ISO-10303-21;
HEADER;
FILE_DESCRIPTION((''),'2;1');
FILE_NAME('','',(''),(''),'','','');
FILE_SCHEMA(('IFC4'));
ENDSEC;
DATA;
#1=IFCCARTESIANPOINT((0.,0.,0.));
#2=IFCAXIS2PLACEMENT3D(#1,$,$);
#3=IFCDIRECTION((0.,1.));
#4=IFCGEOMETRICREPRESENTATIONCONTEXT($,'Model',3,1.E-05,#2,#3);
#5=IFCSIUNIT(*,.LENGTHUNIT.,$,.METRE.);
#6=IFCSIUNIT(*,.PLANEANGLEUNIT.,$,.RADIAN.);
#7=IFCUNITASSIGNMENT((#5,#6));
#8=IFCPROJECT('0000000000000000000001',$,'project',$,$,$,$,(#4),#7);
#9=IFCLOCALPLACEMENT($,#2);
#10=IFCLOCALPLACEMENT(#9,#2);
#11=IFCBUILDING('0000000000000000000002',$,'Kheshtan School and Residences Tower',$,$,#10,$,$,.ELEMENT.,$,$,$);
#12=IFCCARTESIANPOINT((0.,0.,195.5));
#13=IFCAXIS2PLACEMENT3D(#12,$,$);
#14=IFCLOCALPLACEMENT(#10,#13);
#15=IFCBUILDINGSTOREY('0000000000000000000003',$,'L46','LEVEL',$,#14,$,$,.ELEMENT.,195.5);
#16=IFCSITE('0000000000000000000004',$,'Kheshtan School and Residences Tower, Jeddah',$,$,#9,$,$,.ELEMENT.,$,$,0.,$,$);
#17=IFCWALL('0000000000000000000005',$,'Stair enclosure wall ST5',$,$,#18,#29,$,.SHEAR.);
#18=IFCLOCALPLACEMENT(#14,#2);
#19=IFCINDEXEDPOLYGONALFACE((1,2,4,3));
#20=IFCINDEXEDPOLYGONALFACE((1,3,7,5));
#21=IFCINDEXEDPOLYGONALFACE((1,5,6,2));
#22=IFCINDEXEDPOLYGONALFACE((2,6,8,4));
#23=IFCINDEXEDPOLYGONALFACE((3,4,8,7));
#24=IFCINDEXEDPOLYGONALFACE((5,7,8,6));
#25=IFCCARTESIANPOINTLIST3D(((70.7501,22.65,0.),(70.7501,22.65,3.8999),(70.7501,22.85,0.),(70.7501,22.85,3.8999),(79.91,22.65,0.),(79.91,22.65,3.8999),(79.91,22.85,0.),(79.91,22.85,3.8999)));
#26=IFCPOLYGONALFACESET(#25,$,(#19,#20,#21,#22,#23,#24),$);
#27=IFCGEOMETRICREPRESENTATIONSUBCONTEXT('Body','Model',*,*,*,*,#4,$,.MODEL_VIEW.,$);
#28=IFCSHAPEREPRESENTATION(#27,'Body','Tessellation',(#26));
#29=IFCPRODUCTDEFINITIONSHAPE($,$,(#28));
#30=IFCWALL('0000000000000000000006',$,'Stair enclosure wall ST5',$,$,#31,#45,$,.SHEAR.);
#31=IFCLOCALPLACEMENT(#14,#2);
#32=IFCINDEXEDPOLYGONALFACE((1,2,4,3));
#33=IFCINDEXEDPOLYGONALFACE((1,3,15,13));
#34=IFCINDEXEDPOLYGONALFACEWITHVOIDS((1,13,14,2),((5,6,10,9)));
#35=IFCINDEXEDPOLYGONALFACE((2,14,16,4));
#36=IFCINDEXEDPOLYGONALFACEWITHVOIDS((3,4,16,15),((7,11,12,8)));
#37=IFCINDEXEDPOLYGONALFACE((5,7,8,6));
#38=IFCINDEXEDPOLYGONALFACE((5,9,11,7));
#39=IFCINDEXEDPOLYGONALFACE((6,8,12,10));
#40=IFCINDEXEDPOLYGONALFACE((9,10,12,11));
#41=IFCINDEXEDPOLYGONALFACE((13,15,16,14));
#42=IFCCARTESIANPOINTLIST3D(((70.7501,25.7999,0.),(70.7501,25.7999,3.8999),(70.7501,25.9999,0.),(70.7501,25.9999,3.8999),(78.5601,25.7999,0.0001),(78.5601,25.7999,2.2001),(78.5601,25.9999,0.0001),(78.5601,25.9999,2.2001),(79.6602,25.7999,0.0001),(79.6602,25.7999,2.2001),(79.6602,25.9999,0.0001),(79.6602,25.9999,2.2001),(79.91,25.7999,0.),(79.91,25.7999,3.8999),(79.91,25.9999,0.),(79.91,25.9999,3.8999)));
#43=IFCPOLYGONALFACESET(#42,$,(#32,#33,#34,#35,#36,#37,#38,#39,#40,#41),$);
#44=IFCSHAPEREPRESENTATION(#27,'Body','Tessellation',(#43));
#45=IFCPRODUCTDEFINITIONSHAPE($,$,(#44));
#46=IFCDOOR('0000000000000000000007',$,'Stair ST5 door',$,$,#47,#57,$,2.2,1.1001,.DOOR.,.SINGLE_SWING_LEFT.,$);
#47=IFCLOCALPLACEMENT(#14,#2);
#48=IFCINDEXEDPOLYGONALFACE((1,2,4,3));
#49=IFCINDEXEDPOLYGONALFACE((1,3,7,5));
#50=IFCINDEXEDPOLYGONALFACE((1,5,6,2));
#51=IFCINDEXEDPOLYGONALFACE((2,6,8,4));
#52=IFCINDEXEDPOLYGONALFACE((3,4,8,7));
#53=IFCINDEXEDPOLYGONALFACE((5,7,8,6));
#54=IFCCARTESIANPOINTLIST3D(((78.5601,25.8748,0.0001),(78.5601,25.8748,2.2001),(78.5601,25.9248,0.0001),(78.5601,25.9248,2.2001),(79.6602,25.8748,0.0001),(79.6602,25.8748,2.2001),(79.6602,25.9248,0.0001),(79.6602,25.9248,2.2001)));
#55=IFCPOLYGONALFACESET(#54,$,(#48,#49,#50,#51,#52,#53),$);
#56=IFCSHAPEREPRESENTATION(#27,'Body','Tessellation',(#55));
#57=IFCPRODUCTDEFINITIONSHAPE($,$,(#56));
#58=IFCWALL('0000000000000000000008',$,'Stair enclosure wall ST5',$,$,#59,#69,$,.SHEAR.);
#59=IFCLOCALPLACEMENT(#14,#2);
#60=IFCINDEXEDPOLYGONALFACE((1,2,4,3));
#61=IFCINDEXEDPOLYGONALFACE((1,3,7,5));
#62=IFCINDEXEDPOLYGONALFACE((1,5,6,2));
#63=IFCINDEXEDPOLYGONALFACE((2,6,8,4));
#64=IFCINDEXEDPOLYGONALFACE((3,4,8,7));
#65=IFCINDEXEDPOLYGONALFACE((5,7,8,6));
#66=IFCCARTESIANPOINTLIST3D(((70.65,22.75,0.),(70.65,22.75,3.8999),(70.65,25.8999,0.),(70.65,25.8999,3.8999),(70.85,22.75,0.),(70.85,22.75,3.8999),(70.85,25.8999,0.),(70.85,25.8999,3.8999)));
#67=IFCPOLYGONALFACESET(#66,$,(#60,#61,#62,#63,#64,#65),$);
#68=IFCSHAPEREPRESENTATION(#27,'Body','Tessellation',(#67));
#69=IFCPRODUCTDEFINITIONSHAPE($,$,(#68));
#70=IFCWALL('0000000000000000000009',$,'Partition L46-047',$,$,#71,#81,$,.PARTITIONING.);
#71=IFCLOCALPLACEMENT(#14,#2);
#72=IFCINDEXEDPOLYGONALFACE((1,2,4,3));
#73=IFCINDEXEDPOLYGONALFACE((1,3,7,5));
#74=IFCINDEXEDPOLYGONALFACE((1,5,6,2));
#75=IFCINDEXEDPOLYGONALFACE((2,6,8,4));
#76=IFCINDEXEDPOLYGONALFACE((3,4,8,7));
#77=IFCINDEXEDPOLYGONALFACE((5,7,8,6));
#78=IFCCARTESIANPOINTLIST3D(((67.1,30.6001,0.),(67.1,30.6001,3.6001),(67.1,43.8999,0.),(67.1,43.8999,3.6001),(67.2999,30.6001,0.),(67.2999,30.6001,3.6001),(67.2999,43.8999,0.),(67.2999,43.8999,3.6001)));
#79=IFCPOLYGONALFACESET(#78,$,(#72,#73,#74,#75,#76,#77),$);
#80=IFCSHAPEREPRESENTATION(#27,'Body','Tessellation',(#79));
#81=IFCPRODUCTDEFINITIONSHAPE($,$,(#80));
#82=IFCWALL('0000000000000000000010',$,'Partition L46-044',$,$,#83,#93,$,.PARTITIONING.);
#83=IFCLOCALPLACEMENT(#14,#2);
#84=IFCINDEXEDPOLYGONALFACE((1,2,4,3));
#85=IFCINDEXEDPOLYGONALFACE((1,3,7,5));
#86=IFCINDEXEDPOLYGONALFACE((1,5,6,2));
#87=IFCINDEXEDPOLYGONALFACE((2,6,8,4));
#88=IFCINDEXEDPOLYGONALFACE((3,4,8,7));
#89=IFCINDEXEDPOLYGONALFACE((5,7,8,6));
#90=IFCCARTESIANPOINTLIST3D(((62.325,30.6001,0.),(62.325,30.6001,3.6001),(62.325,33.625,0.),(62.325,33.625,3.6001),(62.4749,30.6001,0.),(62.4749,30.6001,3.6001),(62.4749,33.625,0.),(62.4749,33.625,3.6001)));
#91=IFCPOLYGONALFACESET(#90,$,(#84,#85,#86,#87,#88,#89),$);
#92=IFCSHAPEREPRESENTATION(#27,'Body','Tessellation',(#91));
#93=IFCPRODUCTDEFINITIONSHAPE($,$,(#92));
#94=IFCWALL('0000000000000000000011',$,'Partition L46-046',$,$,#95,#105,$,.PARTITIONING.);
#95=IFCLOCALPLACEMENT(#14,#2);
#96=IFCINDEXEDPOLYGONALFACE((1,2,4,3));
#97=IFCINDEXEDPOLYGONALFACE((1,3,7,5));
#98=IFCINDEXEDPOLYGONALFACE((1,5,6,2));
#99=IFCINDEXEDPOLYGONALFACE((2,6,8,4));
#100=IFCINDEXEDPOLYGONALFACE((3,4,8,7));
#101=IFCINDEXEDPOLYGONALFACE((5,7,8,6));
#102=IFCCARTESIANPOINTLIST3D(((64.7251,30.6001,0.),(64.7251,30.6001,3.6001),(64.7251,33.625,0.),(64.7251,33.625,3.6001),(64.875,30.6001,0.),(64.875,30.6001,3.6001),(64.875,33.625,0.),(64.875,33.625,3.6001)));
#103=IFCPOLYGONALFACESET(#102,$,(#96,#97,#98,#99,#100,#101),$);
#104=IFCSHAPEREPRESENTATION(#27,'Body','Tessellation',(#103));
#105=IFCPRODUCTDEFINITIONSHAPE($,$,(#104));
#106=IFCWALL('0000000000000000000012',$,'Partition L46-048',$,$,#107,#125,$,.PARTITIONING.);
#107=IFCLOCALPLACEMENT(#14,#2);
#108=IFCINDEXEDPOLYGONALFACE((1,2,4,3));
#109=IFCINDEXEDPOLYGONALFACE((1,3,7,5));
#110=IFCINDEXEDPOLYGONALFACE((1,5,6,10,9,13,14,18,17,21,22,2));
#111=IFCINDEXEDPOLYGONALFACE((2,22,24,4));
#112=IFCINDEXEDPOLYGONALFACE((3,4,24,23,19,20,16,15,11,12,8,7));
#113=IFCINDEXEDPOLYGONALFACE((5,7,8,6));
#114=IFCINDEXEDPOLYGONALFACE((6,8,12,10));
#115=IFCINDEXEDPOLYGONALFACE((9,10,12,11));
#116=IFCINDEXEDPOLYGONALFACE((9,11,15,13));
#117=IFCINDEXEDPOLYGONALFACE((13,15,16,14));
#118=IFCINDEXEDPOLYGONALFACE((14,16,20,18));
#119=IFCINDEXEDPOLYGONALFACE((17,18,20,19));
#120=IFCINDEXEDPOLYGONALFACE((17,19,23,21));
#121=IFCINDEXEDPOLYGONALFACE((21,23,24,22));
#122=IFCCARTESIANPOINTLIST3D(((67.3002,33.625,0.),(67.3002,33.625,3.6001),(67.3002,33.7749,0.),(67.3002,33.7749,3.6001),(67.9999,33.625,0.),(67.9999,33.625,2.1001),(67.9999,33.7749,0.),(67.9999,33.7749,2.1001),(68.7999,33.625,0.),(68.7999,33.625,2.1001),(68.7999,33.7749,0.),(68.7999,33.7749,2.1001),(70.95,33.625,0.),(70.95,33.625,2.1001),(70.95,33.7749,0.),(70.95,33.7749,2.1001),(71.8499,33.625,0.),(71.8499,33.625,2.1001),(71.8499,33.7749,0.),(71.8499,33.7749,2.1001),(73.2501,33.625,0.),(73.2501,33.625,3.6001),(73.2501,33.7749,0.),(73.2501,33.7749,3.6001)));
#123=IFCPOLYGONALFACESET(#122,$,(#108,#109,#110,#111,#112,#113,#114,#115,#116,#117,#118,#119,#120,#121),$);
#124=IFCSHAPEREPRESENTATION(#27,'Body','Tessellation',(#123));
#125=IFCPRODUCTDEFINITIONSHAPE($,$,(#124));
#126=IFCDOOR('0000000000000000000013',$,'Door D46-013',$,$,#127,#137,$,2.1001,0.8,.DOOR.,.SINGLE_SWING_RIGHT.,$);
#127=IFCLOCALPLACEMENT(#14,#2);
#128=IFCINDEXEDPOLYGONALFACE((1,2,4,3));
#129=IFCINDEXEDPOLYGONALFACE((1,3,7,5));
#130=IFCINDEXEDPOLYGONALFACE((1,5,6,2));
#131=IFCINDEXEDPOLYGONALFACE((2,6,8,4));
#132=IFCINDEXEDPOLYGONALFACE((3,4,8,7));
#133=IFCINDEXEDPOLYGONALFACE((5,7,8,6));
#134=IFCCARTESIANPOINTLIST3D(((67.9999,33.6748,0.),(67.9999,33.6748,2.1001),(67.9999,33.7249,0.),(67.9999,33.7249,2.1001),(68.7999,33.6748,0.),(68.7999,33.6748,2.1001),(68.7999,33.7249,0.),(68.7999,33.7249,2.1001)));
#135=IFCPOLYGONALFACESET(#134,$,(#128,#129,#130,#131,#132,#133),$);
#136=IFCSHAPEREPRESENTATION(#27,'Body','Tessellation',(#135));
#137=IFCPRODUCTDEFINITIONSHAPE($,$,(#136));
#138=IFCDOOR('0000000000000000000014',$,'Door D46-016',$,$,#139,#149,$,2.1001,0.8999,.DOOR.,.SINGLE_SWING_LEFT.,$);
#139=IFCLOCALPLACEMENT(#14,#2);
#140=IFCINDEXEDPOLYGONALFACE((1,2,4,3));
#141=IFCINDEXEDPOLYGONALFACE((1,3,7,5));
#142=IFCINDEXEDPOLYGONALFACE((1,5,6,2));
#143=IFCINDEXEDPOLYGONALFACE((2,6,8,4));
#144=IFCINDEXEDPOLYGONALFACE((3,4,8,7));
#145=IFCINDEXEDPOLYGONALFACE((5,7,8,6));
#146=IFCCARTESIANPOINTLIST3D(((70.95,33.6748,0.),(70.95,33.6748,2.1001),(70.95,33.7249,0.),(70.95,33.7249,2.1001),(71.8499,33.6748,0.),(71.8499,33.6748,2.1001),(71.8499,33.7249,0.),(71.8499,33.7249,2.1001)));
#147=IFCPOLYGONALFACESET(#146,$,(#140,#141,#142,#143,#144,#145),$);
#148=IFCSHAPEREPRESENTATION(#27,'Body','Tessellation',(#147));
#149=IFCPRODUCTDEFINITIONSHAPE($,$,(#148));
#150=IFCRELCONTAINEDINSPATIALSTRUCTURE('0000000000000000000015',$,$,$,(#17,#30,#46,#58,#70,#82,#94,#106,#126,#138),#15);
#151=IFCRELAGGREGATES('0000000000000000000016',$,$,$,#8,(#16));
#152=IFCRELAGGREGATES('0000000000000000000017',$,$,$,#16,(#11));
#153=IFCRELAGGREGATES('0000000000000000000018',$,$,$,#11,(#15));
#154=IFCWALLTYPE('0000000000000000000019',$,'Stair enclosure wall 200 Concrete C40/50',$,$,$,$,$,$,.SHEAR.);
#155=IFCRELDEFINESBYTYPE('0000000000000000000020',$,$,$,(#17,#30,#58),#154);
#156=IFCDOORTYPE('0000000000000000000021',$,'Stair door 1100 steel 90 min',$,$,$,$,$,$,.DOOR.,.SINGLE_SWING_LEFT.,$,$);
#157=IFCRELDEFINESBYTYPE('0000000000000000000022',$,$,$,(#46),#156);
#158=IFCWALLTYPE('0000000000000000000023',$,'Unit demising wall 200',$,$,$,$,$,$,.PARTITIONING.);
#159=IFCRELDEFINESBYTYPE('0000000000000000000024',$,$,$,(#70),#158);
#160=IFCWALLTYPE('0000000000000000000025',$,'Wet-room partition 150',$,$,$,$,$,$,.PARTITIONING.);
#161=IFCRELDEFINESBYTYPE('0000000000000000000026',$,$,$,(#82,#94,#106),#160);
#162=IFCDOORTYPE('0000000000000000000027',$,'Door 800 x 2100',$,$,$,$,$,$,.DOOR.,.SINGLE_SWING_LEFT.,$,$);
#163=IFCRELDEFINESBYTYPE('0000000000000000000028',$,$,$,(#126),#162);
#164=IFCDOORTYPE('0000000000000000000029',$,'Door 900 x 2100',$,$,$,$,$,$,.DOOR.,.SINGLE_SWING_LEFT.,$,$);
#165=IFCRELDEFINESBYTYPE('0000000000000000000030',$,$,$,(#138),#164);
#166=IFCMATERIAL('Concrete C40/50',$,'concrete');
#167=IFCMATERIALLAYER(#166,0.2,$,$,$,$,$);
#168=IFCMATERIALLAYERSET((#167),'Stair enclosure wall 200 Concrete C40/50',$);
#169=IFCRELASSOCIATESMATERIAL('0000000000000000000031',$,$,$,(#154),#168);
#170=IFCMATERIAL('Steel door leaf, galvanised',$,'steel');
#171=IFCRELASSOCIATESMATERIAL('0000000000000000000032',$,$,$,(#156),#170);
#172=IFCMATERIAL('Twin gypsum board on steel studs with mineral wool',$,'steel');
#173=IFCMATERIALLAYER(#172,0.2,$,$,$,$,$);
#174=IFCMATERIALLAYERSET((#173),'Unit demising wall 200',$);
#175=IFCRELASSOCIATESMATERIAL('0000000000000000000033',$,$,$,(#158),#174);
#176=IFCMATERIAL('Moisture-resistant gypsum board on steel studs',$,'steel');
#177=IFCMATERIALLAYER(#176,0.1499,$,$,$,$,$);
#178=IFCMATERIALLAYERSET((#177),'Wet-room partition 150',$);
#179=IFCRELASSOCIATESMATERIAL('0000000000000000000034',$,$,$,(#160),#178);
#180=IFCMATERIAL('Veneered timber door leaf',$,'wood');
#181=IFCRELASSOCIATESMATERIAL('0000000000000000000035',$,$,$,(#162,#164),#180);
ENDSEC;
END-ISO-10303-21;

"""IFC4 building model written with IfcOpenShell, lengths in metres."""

from ifc_helpers import new_model, si_unit, direction, frame, frame_2d, origin, place, context, subcontext, project, spatial, rectangle, extrude, source, transform, mapped, material, layer, layer_set, type_object, element, fill, save


model = new_model("IFC4")

# Units and contexts
model_context = context("Model", 3, precision=1e-05, world=origin(), true_north=direction((0.0, 1.0)))
body_context = subcontext(model_context, "Body", "Model", "MODEL_VIEW")
ifc_project = project(units=[si_unit("LENGTHUNIT", "METRE"), si_unit("PLANEANGLEUNIT", "RADIAN")], contexts=[model_context])

# Site, building, storey
site_placement = place(None, origin())
site = spatial("IfcSite", under=ifc_project, at=site_placement, Name="Kheshtan School and Residences Tower, Jeddah", CompositionType="ELEMENT", RefElevation=0.0)
building_placement = place(site_placement, origin())
building = spatial("IfcBuilding", under=site, at=building_placement, Name="Kheshtan School and Residences Tower", CompositionType="ELEMENT")
storey_placement = place(building_placement, frame((0.0, 0.0, 195.5)))
storey = spatial("IfcBuildingStorey", under=building, at=storey_placement, Name="L46", Description="LEVEL", CompositionType="ELEMENT", Elevation=195.5)

# Wall
ifc_material_1 = material(Name="Concrete C40/50", Category="concrete")
ifc_layer_1 = layer(ifc_material_1, 0.2)
ifc_layer_set_1 = layer_set([ifc_layer_1], Name="Stair enclosure wall 200 Concrete C40/50")
wall_type_1 = type_object("IfcWallType", Name="Stair enclosure wall 200 Concrete C40/50", PredefinedType="SHEAR", material=ifc_layer_set_1)
wall_1_placement = place(storey_placement, frame((70.75, 22.75, 0.0), z_axis=(0.0, 0.0, 1.0), x_axis=(1.0, 0.0, 0.0)))
element("IfcWall", 1, at=wall_1_placement, inside=storey, type_object=wall_type_1, Name="Stair enclosure wall ST5", PredefinedType="SHEAR", context=body_context, shape_type="SweptSolid", body=[
    extrude(rectangle(XDim=9.1599, YDim=0.2, at=frame_2d((4.5801, 0.0))), origin(), (0.0, 0.0, 1.0), 3.8999),
])

# Wall, opening, door
wall_2_placement = place(storey_placement, frame((70.75, 25.8999, 0.0), z_axis=(0.0, 0.0, 1.0), x_axis=(1.0, 0.0, 0.0)))
wall_2 = element("IfcWall", 2, at=wall_2_placement, inside=storey, type_object=wall_type_1, Name="Stair enclosure wall ST5", PredefinedType="SHEAR", context=body_context, shape_type="SweptSolid", body=[
    extrude(rectangle(XDim=9.1599, YDim=0.2, at=frame_2d((4.5801, 0.0))), origin(), (0.0, 0.0, 1.0), 3.8999),
])
opening_1_placement = place(wall_2_placement, frame((7.8101, 0.0, 0.0)))
opening_1 = element("IfcOpeningElement", 3, at=opening_1_placement, cuts=wall_2, PredefinedType="OPENING", context=body_context, shape_type="SweptSolid", body=[
    extrude(rectangle(XDim=1.1001, YDim=2.2, at=frame_2d((0.55, 1.1001))), frame((0.0, 0.1099, 0.0), z_axis=(0.0, -1.0, 0.0), x_axis=(1.0, 0.0, 0.0)), (0.0, 0.0, 1.0), 0.22),
])
ifc_material_2 = material(Name="Steel door leaf, galvanised", Category="steel")
door_type_1 = type_object("IfcDoorType", Name="Stair door 1100 steel 90 min", OperationType="SINGLE_SWING_LEFT", PredefinedType="DOOR", material=ifc_material_2)
shared_shape_1 = source(origin(), body_context, "Body", "SweptSolid", [
    extrude(rectangle(XDim=1.1001, YDim=2.2, at=frame_2d((0.55, 1.1001))), frame((0.0, 0.0249, 0.0), z_axis=(0.0, -1.0, 0.0), x_axis=(1.0, 0.0, 0.0)), (0.0, 0.0, 1.0), 0.05),
])
door_1_placement = place(opening_1_placement, origin())
door_1 = element("IfcDoor", 4, at=door_1_placement, inside=storey, type_object=door_type_1, Name="Stair ST5 door", OperationType="SINGLE_SWING_LEFT", OverallHeight=2.2, OverallWidth=1.1001, PredefinedType="DOOR", context=body_context, shape_type="MappedRepresentation", body=[
    mapped(shared_shape_1, transform((0.0, 0.0, 0.0), x_axis=(1.0, 0.0, 0.0), y_axis=(0.0, 1.0, 0.0), z_axis=(0.0, 0.0, 1.0), scale=1.0)),
])
fill(opening_1, door_1)

# Walls
wall_3_placement = place(storey_placement, frame((70.75, 22.75, 0.0), z_axis=(0.0, 0.0, 1.0), x_axis=(0.0, 1.0, 0.0)))
element("IfcWall", 5, at=wall_3_placement, inside=storey, type_object=wall_type_1, Name="Stair enclosure wall ST5", PredefinedType="SHEAR", context=body_context, shape_type="SweptSolid", body=[
    extrude(rectangle(XDim=3.1499, YDim=0.2, at=frame_2d((1.575, 0.0))), origin(), (0.0, 0.0, 1.0), 3.8999),
])
ifc_material_3 = material(Name="Twin gypsum board on steel studs with mineral wool", Category="steel")
ifc_layer_2 = layer(ifc_material_3, 0.2)
ifc_layer_set_2 = layer_set([ifc_layer_2], Name="Unit demising wall 200")
wall_type_2 = type_object("IfcWallType", Name="Unit demising wall 200", PredefinedType="PARTITIONING", material=ifc_layer_set_2)
wall_4_placement = place(storey_placement, frame((67.2, 30.6001, 0.0), z_axis=(0.0, 0.0, 1.0), x_axis=(0.0, 1.0, 0.0)))
element("IfcWall", 6, at=wall_4_placement, inside=storey, type_object=wall_type_2, Name="Partition L46-047", PredefinedType="PARTITIONING", context=body_context, shape_type="SweptSolid", body=[
    extrude(rectangle(XDim=13.2998, YDim=0.2, at=frame_2d((6.6499, 0.0))), origin(), (0.0, 0.0, 1.0), 3.6001),
])
ifc_material_4 = material(Name="Moisture-resistant gypsum board on steel studs", Category="steel")
ifc_layer_3 = layer(ifc_material_4, 0.1499)
ifc_layer_set_3 = layer_set([ifc_layer_3], Name="Wet-room partition 150")
wall_type_3 = type_object("IfcWallType", Name="Wet-room partition 150", PredefinedType="PARTITIONING", material=ifc_layer_set_3)
for number, where, z_axis, x_axis, name in (
    (7, (62.3999, 30.6001, 0.0), (0.0, 0.0, 1.0), (0.0, 1.0, 0.0), "Partition L46-044"),
    (8, (64.8, 30.6001, 0.0), (0.0, 0.0, 1.0), (0.0, 1.0, 0.0), "Partition L46-046"),
):
    element("IfcWall", number, at=place(storey_placement, frame(where, z_axis=z_axis, x_axis=x_axis)), inside=storey, type_object=wall_type_3, Name=name, PredefinedType="PARTITIONING", context=body_context, shape_type="SweptSolid", body=[
        extrude(rectangle(XDim=3.0249, YDim=0.1499, at=frame_2d((1.5125, 0.0))), origin(), (0.0, 0.0, 1.0), 3.6001),
    ])

# Wall, openings, doors
wall_5_placement = place(storey_placement, frame((67.3, 33.7, 0.0), z_axis=(0.0, 0.0, 1.0), x_axis=(1.0, 0.0, 0.0)))
wall_5 = element("IfcWall", 9, at=wall_5_placement, inside=storey, type_object=wall_type_3, Name="Partition L46-048", PredefinedType="PARTITIONING", context=body_context, shape_type="SweptSolid", body=[
    extrude(rectangle(XDim=5.95, YDim=0.1499, at=frame_2d((2.9751, 0.0))), origin(), (0.0, 0.0, 1.0), 3.6001),
])
opening_2_placement = place(wall_5_placement, frame((0.7, 0.0, 0.0)))
opening_2 = element("IfcOpeningElement", 10, at=opening_2_placement, cuts=wall_5, PredefinedType="OPENING", context=body_context, shape_type="SweptSolid", body=[
    extrude(rectangle(XDim=0.8, YDim=2.1001, at=frame_2d((0.3999, 1.05))), frame((0.0, 0.085, 0.0), z_axis=(0.0, -1.0, 0.0), x_axis=(1.0, 0.0, 0.0)), (0.0, 0.0, 1.0), 0.1699),
])
opening_3_placement = place(wall_5_placement, frame((3.6499, 0.0, 0.0)))
opening_3 = element("IfcOpeningElement", 11, at=opening_3_placement, cuts=wall_5, PredefinedType="OPENING", context=body_context, shape_type="SweptSolid", body=[
    extrude(rectangle(XDim=0.8999, YDim=2.1001, at=frame_2d((0.45, 1.05))), frame((0.0, 0.085, 0.0), z_axis=(0.0, -1.0, 0.0), x_axis=(1.0, 0.0, 0.0)), (0.0, 0.0, 1.0), 0.1699),
])
ifc_material_5 = material(Name="Veneered timber door leaf", Category="wood")
door_type_2 = type_object("IfcDoorType", Name="Door 800 x 2100", OperationType="SINGLE_SWING_LEFT", PredefinedType="DOOR", material=ifc_material_5)
shared_shape_2 = source(origin(), body_context, "Body", "SweptSolid", [
    extrude(rectangle(XDim=0.8, YDim=2.1001, at=frame_2d((0.3999, 1.05))), frame((0.0, 0.0249, 0.0), z_axis=(0.0, -1.0, 0.0), x_axis=(1.0, 0.0, 0.0)), (0.0, 0.0, 1.0), 0.05),
])
door_2_placement = place(opening_2_placement, origin())
door_2 = element("IfcDoor", 12, at=door_2_placement, inside=storey, type_object=door_type_2, Name="Door D46-013", OperationType="SINGLE_SWING_RIGHT", OverallHeight=2.1001, OverallWidth=0.8, PredefinedType="DOOR", context=body_context, shape_type="MappedRepresentation", body=[
    mapped(shared_shape_2, transform((0.0, 0.0, 0.0), x_axis=(1.0, 0.0, 0.0), y_axis=(0.0, 1.0, 0.0), z_axis=(0.0, 0.0, 1.0), scale=1.0)),
])
fill(opening_2, door_2)
door_type_3 = type_object("IfcDoorType", Name="Door 900 x 2100", OperationType="SINGLE_SWING_LEFT", PredefinedType="DOOR", material=ifc_material_5)
shared_shape_3 = source(origin(), body_context, "Body", "SweptSolid", [
    extrude(rectangle(XDim=0.8999, YDim=2.1001, at=frame_2d((0.45, 1.05))), frame((0.0, 0.0249, 0.0), z_axis=(0.0, -1.0, 0.0), x_axis=(1.0, 0.0, 0.0)), (0.0, 0.0, 1.0), 0.05),
])
door_3_placement = place(opening_3_placement, origin())
door_3 = element("IfcDoor", 13, at=door_3_placement, inside=storey, type_object=door_type_3, Name="Door D46-016", OperationType="SINGLE_SWING_LEFT", OverallHeight=2.1001, OverallWidth=0.8999, PredefinedType="DOOR", context=body_context, shape_type="MappedRepresentation", body=[
    mapped(shared_shape_3, transform((0.0, 0.0, 0.0), x_axis=(1.0, 0.0, 0.0), y_axis=(0.0, 1.0, 0.0), z_axis=(0.0, 0.0, 1.0), scale=1.0)),
])
fill(opening_3, door_3)

save(model, "model.ifc")
